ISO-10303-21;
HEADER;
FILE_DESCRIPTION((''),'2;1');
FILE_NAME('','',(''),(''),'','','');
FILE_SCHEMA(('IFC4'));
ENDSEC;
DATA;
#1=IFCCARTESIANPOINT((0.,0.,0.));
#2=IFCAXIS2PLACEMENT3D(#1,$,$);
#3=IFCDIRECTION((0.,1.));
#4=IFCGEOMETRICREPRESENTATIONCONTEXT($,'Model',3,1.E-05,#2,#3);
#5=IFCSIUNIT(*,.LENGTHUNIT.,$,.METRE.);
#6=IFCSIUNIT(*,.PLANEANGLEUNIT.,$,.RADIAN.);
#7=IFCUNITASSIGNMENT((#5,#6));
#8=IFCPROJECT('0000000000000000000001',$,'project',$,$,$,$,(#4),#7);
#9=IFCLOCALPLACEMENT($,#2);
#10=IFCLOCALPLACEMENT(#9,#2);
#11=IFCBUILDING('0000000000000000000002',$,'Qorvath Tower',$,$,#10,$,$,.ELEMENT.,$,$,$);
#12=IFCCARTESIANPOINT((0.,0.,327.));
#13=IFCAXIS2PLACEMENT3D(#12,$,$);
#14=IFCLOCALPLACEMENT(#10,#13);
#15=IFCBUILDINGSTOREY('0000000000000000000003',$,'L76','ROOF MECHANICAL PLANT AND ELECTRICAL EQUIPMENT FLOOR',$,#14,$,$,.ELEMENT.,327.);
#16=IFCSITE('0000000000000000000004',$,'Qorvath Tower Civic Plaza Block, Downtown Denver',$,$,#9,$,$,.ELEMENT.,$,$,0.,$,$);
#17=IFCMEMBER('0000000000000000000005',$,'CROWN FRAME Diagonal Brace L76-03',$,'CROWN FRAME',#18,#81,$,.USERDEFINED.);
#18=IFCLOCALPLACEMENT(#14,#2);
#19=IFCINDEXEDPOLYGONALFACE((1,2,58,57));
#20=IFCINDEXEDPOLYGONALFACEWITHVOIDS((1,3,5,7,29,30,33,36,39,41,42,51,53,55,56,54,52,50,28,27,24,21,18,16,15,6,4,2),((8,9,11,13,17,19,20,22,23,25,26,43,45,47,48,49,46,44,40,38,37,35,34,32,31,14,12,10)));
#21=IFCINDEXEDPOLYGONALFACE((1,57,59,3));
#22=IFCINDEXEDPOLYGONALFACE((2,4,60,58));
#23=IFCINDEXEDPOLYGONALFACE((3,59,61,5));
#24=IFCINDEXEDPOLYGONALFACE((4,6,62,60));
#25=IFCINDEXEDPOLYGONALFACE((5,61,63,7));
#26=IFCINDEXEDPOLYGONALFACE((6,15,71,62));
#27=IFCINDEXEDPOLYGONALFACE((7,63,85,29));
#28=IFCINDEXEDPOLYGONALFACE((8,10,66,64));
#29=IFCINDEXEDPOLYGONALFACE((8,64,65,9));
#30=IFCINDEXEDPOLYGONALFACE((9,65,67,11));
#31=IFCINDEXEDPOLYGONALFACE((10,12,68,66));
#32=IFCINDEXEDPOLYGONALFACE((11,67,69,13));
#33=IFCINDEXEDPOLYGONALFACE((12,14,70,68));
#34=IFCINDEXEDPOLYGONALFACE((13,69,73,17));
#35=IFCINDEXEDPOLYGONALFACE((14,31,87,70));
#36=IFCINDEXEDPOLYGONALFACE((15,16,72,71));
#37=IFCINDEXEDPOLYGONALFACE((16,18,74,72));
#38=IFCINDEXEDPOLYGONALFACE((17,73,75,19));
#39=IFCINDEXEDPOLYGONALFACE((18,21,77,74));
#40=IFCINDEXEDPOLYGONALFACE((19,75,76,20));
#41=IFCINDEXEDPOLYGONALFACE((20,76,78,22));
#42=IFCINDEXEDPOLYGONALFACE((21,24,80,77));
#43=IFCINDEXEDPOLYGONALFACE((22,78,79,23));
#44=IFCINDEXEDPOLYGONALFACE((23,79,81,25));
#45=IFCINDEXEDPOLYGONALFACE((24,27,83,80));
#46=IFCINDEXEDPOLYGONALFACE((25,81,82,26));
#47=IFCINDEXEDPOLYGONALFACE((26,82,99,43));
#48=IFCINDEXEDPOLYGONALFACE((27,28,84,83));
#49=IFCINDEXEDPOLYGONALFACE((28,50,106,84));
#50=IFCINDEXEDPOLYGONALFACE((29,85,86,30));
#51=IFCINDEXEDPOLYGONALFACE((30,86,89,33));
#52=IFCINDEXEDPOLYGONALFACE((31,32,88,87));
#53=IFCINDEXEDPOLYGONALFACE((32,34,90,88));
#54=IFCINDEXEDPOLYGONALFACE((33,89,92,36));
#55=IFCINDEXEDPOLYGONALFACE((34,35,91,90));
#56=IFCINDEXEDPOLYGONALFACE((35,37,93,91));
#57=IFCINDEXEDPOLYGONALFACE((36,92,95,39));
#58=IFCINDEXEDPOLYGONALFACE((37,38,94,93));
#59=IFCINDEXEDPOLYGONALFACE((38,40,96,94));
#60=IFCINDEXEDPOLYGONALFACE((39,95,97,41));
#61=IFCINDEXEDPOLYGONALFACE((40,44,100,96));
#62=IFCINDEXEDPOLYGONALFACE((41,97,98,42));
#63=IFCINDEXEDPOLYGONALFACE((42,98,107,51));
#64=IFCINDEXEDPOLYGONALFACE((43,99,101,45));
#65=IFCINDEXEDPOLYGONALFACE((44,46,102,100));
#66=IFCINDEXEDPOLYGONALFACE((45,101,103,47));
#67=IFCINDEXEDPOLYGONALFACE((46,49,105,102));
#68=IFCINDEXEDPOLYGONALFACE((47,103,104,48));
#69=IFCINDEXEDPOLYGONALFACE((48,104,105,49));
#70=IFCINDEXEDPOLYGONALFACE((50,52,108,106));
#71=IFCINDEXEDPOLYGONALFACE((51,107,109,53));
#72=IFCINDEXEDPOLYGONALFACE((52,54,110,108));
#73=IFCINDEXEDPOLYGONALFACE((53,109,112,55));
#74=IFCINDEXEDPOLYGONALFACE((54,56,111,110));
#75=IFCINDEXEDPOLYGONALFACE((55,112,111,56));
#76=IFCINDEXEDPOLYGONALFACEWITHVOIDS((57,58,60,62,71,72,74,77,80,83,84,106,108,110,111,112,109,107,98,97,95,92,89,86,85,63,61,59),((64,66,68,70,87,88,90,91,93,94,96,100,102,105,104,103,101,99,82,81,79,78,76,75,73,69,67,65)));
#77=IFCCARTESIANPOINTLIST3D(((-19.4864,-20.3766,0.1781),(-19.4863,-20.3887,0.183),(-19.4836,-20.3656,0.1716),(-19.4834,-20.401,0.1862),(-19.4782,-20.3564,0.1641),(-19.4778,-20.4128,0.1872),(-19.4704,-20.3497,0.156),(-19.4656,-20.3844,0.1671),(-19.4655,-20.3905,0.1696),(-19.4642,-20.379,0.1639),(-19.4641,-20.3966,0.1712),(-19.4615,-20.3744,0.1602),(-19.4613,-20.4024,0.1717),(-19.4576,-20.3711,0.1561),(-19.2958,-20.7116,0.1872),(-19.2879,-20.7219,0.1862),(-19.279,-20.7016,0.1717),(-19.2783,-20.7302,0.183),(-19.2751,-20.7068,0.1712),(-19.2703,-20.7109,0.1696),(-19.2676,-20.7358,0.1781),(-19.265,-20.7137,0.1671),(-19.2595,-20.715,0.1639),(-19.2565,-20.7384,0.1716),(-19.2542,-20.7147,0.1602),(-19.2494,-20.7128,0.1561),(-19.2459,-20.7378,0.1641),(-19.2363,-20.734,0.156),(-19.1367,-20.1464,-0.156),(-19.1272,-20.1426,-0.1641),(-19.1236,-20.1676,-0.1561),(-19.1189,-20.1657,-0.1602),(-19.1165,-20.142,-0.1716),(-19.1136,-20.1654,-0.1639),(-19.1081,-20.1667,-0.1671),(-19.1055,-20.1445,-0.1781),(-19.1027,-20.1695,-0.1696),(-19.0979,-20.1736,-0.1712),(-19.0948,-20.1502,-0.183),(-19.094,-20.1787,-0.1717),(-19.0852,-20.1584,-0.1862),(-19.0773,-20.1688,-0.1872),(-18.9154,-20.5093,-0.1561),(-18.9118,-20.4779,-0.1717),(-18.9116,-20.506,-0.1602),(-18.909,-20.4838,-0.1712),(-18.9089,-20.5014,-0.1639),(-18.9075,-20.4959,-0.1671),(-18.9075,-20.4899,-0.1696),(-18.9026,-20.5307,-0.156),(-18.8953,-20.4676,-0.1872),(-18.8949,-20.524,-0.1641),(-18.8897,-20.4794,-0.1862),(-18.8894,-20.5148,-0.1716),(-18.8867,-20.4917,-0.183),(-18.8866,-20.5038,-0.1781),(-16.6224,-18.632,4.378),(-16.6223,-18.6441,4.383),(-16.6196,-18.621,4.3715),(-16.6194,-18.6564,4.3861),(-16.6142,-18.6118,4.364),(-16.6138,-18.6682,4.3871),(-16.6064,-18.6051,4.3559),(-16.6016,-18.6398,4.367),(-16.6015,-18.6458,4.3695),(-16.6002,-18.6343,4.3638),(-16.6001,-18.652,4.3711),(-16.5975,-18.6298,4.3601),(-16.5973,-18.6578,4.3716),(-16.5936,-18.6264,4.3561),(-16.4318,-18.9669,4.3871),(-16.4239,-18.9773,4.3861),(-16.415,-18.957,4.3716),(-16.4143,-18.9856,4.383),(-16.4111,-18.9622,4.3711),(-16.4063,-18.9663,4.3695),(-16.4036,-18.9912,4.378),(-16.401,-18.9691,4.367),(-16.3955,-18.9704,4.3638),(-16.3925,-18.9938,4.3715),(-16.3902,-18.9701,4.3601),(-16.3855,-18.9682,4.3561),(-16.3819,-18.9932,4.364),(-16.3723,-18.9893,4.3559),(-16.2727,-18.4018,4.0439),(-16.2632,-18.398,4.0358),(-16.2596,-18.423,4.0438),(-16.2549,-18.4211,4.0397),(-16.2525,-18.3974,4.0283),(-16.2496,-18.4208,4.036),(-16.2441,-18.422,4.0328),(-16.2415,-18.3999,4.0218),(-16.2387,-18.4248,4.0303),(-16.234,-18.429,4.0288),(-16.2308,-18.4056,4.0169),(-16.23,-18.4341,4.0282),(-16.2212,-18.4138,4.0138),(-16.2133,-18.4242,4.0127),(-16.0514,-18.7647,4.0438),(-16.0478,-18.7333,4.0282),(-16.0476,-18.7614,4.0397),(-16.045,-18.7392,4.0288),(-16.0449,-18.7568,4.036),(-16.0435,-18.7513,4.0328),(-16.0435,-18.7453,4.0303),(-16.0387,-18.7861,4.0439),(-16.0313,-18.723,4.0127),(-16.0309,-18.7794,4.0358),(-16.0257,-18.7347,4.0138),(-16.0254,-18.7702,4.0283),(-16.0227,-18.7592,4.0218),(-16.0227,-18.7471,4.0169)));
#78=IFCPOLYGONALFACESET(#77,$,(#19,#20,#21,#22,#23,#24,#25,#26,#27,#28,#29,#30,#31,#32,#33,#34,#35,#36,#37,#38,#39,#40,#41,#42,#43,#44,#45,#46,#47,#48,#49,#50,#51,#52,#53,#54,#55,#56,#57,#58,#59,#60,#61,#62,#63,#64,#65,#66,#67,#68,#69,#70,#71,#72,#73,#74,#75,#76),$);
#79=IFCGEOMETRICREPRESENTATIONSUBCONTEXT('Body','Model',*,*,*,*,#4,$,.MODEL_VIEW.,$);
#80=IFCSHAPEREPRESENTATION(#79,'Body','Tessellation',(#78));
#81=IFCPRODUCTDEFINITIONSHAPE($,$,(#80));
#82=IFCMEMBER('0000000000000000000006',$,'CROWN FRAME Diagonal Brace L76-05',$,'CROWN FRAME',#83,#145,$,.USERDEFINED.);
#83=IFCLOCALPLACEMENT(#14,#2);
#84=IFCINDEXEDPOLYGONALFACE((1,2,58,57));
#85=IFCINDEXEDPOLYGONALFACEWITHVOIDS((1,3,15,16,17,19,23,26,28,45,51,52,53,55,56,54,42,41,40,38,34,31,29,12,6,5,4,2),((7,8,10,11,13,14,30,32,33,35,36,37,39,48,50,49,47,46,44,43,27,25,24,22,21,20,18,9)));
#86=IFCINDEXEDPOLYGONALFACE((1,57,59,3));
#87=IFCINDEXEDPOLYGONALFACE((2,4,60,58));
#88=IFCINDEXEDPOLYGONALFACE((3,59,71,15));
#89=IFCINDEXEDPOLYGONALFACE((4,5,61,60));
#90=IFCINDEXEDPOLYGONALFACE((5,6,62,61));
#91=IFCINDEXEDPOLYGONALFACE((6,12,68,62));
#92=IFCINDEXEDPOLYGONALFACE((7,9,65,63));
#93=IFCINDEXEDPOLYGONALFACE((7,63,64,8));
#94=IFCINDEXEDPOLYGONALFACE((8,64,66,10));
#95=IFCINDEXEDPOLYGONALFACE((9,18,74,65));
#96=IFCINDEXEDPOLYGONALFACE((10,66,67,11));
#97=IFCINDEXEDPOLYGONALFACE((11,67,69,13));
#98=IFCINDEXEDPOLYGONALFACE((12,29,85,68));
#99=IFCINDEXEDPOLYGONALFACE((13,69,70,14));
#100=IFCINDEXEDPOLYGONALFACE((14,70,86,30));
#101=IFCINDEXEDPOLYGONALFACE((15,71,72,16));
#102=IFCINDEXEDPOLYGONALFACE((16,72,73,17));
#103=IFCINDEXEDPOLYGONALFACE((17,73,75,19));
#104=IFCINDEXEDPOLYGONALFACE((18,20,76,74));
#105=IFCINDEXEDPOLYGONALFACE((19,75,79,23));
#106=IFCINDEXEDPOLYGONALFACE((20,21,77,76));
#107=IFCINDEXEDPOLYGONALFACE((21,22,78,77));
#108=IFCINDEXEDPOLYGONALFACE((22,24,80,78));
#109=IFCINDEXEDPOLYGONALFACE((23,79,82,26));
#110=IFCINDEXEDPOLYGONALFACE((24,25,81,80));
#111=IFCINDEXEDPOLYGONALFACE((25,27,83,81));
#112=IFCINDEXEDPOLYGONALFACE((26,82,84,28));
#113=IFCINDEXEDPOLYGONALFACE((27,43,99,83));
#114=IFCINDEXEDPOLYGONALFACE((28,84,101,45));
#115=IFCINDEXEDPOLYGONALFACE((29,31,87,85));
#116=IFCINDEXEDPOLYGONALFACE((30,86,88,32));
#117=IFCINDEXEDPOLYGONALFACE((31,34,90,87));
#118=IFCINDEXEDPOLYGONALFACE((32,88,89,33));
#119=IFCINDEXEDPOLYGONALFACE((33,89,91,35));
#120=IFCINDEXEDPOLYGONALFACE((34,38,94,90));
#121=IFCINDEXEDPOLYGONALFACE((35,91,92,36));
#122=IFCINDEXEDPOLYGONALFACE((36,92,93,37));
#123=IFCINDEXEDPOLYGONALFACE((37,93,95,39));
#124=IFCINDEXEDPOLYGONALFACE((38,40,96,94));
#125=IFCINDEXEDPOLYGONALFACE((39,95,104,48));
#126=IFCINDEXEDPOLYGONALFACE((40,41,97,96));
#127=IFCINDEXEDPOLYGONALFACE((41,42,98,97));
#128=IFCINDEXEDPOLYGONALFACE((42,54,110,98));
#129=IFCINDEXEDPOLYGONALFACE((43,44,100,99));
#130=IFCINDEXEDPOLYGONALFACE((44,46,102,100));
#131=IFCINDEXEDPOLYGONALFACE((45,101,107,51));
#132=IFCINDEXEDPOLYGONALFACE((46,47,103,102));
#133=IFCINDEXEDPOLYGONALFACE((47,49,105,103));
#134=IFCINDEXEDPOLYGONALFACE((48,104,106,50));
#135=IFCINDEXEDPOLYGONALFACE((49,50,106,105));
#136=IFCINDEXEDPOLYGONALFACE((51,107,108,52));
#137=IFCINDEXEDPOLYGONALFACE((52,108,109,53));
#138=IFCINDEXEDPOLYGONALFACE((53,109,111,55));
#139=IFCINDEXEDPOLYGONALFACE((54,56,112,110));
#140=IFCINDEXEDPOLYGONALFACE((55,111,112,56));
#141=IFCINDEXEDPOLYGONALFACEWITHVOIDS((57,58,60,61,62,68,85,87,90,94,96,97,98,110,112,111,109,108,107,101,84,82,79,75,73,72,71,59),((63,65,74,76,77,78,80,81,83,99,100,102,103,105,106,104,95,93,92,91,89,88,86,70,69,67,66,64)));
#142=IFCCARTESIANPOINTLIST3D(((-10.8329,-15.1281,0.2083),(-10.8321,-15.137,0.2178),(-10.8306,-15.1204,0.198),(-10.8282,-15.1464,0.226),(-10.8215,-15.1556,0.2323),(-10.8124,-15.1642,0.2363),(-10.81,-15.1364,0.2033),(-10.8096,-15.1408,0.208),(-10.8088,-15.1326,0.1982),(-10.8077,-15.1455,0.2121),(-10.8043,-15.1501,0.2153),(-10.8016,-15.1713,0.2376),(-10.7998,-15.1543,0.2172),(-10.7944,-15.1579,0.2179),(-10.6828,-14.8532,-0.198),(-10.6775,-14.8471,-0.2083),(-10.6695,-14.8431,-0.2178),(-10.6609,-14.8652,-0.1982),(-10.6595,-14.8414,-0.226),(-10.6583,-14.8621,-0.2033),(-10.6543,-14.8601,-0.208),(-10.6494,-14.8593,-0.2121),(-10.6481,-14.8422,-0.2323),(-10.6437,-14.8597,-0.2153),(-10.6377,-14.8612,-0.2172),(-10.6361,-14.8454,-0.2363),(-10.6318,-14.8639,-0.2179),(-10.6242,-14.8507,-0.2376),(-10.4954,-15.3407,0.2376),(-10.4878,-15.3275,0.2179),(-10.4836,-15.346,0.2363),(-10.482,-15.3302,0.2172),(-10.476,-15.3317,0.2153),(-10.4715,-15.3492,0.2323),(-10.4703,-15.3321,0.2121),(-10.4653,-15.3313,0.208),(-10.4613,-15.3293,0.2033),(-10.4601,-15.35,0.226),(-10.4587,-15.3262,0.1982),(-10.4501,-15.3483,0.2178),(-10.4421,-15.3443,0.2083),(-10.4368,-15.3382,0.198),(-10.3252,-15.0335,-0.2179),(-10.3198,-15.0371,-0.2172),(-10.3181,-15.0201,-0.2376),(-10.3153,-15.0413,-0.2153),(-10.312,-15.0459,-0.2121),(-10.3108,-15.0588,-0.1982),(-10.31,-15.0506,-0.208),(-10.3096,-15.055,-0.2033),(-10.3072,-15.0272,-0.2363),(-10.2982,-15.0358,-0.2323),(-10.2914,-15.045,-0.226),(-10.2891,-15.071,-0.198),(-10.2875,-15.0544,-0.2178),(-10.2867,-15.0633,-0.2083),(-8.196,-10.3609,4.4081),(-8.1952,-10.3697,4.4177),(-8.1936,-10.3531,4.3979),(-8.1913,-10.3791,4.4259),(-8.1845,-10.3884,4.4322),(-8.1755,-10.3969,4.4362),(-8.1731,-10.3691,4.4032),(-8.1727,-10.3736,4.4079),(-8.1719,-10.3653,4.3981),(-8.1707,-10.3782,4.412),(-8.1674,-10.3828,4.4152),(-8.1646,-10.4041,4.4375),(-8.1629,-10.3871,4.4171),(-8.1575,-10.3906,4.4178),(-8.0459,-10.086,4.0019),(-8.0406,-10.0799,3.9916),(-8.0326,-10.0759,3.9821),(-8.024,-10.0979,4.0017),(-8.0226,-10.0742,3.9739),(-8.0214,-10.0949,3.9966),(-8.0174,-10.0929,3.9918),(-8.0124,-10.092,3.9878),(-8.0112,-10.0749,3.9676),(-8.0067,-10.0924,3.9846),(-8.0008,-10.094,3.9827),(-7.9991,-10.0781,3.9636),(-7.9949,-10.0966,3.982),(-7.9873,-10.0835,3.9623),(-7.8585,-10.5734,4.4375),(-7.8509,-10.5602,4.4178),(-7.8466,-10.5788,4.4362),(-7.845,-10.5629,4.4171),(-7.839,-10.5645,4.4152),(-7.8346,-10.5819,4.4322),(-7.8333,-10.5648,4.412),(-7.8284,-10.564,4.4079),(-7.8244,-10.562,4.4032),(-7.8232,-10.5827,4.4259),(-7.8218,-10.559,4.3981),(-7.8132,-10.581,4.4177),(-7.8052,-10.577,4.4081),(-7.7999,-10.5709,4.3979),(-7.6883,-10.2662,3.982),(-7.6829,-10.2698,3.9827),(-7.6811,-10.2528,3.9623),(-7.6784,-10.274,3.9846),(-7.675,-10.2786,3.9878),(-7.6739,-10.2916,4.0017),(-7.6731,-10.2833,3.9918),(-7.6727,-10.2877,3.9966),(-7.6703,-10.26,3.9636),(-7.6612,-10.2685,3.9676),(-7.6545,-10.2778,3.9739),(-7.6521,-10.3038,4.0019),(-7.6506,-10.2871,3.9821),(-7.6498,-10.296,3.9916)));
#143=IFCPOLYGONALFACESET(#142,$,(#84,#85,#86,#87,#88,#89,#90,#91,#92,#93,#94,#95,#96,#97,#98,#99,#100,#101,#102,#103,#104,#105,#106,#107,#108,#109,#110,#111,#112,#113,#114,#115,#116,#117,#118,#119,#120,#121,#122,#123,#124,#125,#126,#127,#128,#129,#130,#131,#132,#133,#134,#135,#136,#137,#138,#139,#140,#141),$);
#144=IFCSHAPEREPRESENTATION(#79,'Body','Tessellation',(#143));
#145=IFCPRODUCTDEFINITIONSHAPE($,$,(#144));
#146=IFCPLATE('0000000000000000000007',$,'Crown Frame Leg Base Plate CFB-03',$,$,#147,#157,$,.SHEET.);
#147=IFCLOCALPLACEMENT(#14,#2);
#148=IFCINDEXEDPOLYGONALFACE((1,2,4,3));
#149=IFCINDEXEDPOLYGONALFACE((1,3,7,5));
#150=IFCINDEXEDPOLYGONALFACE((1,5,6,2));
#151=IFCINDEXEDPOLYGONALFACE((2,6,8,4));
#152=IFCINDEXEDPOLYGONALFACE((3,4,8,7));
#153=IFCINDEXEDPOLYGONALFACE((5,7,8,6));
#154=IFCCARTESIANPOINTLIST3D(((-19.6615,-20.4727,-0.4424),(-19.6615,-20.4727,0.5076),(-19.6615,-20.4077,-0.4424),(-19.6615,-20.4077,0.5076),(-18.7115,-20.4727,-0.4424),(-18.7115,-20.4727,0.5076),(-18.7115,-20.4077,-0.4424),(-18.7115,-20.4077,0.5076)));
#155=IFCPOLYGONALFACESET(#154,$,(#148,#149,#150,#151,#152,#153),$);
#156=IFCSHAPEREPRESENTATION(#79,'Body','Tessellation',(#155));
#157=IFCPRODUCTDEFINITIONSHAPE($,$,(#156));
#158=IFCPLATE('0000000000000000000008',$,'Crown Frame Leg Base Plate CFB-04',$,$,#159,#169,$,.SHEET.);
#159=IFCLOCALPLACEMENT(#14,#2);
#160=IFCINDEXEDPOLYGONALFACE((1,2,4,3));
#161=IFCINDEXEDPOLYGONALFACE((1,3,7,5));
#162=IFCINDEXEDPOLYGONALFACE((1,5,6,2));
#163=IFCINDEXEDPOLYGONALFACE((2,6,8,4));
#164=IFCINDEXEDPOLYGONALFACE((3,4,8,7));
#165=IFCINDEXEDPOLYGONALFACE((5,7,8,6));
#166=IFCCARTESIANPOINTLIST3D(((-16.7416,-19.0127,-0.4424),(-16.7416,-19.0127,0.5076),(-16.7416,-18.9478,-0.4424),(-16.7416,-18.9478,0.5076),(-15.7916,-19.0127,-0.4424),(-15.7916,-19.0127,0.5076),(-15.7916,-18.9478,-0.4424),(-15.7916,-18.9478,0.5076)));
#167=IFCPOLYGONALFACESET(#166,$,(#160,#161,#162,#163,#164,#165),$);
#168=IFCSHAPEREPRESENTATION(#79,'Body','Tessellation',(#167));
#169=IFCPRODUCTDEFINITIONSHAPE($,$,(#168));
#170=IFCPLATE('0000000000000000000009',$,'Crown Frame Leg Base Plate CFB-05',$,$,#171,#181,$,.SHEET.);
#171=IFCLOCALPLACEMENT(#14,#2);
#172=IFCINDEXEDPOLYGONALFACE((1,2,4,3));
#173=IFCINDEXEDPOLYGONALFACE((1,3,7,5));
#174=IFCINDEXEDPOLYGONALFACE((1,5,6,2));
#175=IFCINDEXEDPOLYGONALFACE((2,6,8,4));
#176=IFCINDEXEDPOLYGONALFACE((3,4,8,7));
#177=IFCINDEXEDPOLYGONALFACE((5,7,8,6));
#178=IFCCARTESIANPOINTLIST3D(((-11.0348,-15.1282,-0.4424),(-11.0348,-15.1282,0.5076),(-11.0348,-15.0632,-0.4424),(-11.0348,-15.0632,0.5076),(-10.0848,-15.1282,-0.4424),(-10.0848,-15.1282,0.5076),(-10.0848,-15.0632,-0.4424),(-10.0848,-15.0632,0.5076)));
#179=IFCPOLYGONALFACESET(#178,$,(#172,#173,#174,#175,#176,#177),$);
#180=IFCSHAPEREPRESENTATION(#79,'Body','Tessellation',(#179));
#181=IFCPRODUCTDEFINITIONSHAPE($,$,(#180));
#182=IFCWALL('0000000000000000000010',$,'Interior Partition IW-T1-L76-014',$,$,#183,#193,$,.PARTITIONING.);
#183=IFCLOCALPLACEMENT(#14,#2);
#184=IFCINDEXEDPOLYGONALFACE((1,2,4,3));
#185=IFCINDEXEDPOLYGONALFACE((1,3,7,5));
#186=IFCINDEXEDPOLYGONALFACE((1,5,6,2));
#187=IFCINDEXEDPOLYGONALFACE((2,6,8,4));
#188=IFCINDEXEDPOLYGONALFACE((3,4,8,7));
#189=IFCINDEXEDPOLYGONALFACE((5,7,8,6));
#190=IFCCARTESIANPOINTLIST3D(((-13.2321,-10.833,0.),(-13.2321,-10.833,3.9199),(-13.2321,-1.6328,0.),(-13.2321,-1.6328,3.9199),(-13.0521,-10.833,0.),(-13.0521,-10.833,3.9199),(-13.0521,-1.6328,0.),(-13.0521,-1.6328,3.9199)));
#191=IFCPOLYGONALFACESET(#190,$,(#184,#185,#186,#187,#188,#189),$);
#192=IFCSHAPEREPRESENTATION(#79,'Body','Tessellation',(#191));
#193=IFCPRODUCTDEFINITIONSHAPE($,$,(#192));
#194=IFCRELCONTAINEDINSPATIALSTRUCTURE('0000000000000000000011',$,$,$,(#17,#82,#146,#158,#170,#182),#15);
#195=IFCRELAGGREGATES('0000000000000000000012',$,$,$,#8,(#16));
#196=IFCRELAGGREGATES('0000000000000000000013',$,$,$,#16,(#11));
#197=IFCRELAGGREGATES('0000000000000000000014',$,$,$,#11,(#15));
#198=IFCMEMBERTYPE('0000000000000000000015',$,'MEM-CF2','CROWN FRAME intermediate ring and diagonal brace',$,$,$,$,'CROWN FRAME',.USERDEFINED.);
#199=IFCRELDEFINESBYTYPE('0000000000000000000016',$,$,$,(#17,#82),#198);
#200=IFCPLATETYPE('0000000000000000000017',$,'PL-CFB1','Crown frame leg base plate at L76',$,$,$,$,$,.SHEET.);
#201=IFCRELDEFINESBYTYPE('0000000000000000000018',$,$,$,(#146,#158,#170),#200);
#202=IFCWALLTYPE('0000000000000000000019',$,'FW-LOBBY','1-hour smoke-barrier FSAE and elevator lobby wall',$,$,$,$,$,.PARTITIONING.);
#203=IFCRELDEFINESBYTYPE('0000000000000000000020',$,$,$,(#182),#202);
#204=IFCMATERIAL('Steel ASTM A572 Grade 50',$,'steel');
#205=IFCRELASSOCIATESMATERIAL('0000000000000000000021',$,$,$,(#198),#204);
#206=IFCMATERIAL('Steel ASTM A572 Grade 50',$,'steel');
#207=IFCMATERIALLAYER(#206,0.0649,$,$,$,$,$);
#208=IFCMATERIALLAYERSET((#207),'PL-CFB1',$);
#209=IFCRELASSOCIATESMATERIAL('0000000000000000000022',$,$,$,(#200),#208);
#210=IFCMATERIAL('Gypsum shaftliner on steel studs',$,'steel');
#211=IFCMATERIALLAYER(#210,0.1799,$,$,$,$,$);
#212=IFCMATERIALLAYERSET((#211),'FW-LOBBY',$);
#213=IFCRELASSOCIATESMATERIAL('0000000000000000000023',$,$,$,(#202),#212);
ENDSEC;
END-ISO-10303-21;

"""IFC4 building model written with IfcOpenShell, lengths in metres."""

from ifc_helpers import new_model, si_unit, direction, frame, frame_2d, origin, origin_2d, place, context, subcontext, project, spatial, rectangle, hollow_rectangle, extrude, material, layer, layer_set, material_profile, profile_set, type_object, element, save


model = new_model("IFC4")

# Units and contexts
model_context = context("Model", 3, precision=1e-05, world=origin(), true_north=direction((0.0, 1.0)))
body_context = subcontext(model_context, "Body", "Model", "MODEL_VIEW")
ifc_project = project(units=[si_unit("LENGTHUNIT", "METRE"), si_unit("PLANEANGLEUNIT", "RADIAN")], contexts=[model_context])

# Site, building, storey
site_placement = place(None, origin())
site = spatial("IfcSite", under=ifc_project, at=site_placement, Name="Qorvath Tower Civic Plaza Block, Downtown Denver", CompositionType="ELEMENT", RefElevation=0.0)
building_placement = place(site_placement, origin())
building = spatial("IfcBuilding", under=site, at=building_placement, Name="Qorvath Tower", CompositionType="ELEMENT")
storey_placement = place(building_placement, frame((0.0, 0.0, 327.0)))
storey = spatial("IfcBuildingStorey", under=building, at=storey_placement, Name="L76", Description="ROOF MECHANICAL PLANT AND ELECTRICAL EQUIPMENT FLOOR", CompositionType="ELEMENT", Elevation=327.0)

# Members
ifc_material_1 = material(Name="Steel ASTM A572 Grade 50", Category="steel")
ifc_material_profile_1 = material_profile(ifc_material_1, hollow_rectangle(XDim=0.45, YDim=0.6001, WallThickness=0.0249, InnerFilletRadius=0.0249, OuterFilletRadius=0.05, at=origin_2d()), Name="CROWN BOX 600x450x25")
ifc_profile_set_1 = profile_set([ifc_material_profile_1], Name="Steel ASTM A572 Grade 50")
member_type_1 = type_object("IfcMemberType", Name="MEM-CF2", Description="CROWN FRAME intermediate ring and diagonal brace", ElementType="CROWN FRAME", PredefinedType="USERDEFINED", material=ifc_profile_set_1)
member_1_placement = place(storey_placement, frame((-19.1865, -20.4402, 0.0), z_axis=(0.532883, 0.324609, 0.78145), x_axis=(-0.520233, 0.854024, 0.0)))
element("IfcMember", 1, at=member_1_placement, inside=storey, type_object=member_type_1, Name="CROWN FRAME Diagonal Brace L76-03", ObjectType="CROWN FRAME", PredefinedType="USERDEFINED", context=body_context, shape_type="SweptSolid", body=[
    extrude(hollow_rectangle(XDim=0.45, YDim=0.6001, WallThickness=0.0249, InnerFilletRadius=0.0249, OuterFilletRadius=0.05, at=origin_2d()), origin(), (0.0, 0.0, 1.0), 5.3745),
])
member_2_placement = place(storey_placement, frame((-10.5598, -15.0957, 0.0), z_axis=(0.383335, 0.693027, 0.610547), x_axis=(-0.875056, 0.484021, 0.0)))
element("IfcMember", 2, at=member_2_placement, inside=storey, type_object=member_type_1, Name="CROWN FRAME Diagonal Brace L76-05", ObjectType="CROWN FRAME", PredefinedType="USERDEFINED", context=body_context, shape_type="SweptSolid", body=[
    extrude(hollow_rectangle(XDim=0.45, YDim=0.6001, WallThickness=0.0249, InnerFilletRadius=0.0249, OuterFilletRadius=0.05, at=origin_2d()), origin(), (0.0, 0.0, 1.0), 6.8789),
])

# Plates
ifc_material_2 = material(Name="Steel ASTM A572 Grade 50", Category="steel")
ifc_layer_1 = layer(ifc_material_2, 0.0649)
ifc_layer_set_1 = layer_set([ifc_layer_1], Name="PL-CFB1")
plate_type = type_object("IfcPlateType", Name="PL-CFB1", Description="Crown frame leg base plate at L76", PredefinedType="SHEET", material=ifc_layer_set_1)
for number, where, z_axis, x_axis, name in (
    (3, (-19.1865, -20.4402, -0.4424), (0.0, 0.0, 1.0), (1.0, 0.0, 0.0), "Crown Frame Leg Base Plate CFB-03"),
    (4, (-16.2666, -18.9802, -0.4424), (0.0, 0.0, 1.0), (1.0, 0.0, 0.0), "Crown Frame Leg Base Plate CFB-04"),
    (5, (-10.5598, -15.0957, -0.4424), (0.0, 0.0, 1.0), (1.0, 0.0, 0.0), "Crown Frame Leg Base Plate CFB-05"),
):
    element("IfcPlate", number, at=place(storey_placement, frame(where, z_axis=z_axis, x_axis=x_axis)), inside=storey, type_object=plate_type, Name=name, PredefinedType="SHEET", context=body_context, shape_type="SweptSolid", body=[
        extrude(rectangle(XDim=0.95, YDim=0.0649, at=origin_2d()), origin(), (0.0, 0.0, 1.0), 0.95),
    ])

# Wall
ifc_material_3 = material(Name="Gypsum shaftliner on steel studs", Category="steel")
ifc_layer_2 = layer(ifc_material_3, 0.1799)
ifc_layer_set_2 = layer_set([ifc_layer_2], Name="FW-LOBBY")
wall_type = type_object("IfcWallType", Name="FW-LOBBY", Description="1-hour smoke-barrier FSAE and elevator lobby wall", PredefinedType="PARTITIONING", material=ifc_layer_set_2)
wall_1_placement = place(storey_placement, frame((-13.1421, -10.833, 0.0), z_axis=(0.0, 0.0, 1.0), x_axis=(0.0, 1.0, 0.0)))
element("IfcWall", 6, at=wall_1_placement, inside=storey, type_object=wall_type, Name="Interior Partition IW-T1-L76-014", PredefinedType="PARTITIONING", context=body_context, shape_type="SweptSolid", body=[
    extrude(rectangle(XDim=9.2002, YDim=0.1799, at=frame_2d((4.6001, 0.0))), origin(), (0.0, 0.0, 1.0), 3.9199),
])

save(model, "model.ifc")
